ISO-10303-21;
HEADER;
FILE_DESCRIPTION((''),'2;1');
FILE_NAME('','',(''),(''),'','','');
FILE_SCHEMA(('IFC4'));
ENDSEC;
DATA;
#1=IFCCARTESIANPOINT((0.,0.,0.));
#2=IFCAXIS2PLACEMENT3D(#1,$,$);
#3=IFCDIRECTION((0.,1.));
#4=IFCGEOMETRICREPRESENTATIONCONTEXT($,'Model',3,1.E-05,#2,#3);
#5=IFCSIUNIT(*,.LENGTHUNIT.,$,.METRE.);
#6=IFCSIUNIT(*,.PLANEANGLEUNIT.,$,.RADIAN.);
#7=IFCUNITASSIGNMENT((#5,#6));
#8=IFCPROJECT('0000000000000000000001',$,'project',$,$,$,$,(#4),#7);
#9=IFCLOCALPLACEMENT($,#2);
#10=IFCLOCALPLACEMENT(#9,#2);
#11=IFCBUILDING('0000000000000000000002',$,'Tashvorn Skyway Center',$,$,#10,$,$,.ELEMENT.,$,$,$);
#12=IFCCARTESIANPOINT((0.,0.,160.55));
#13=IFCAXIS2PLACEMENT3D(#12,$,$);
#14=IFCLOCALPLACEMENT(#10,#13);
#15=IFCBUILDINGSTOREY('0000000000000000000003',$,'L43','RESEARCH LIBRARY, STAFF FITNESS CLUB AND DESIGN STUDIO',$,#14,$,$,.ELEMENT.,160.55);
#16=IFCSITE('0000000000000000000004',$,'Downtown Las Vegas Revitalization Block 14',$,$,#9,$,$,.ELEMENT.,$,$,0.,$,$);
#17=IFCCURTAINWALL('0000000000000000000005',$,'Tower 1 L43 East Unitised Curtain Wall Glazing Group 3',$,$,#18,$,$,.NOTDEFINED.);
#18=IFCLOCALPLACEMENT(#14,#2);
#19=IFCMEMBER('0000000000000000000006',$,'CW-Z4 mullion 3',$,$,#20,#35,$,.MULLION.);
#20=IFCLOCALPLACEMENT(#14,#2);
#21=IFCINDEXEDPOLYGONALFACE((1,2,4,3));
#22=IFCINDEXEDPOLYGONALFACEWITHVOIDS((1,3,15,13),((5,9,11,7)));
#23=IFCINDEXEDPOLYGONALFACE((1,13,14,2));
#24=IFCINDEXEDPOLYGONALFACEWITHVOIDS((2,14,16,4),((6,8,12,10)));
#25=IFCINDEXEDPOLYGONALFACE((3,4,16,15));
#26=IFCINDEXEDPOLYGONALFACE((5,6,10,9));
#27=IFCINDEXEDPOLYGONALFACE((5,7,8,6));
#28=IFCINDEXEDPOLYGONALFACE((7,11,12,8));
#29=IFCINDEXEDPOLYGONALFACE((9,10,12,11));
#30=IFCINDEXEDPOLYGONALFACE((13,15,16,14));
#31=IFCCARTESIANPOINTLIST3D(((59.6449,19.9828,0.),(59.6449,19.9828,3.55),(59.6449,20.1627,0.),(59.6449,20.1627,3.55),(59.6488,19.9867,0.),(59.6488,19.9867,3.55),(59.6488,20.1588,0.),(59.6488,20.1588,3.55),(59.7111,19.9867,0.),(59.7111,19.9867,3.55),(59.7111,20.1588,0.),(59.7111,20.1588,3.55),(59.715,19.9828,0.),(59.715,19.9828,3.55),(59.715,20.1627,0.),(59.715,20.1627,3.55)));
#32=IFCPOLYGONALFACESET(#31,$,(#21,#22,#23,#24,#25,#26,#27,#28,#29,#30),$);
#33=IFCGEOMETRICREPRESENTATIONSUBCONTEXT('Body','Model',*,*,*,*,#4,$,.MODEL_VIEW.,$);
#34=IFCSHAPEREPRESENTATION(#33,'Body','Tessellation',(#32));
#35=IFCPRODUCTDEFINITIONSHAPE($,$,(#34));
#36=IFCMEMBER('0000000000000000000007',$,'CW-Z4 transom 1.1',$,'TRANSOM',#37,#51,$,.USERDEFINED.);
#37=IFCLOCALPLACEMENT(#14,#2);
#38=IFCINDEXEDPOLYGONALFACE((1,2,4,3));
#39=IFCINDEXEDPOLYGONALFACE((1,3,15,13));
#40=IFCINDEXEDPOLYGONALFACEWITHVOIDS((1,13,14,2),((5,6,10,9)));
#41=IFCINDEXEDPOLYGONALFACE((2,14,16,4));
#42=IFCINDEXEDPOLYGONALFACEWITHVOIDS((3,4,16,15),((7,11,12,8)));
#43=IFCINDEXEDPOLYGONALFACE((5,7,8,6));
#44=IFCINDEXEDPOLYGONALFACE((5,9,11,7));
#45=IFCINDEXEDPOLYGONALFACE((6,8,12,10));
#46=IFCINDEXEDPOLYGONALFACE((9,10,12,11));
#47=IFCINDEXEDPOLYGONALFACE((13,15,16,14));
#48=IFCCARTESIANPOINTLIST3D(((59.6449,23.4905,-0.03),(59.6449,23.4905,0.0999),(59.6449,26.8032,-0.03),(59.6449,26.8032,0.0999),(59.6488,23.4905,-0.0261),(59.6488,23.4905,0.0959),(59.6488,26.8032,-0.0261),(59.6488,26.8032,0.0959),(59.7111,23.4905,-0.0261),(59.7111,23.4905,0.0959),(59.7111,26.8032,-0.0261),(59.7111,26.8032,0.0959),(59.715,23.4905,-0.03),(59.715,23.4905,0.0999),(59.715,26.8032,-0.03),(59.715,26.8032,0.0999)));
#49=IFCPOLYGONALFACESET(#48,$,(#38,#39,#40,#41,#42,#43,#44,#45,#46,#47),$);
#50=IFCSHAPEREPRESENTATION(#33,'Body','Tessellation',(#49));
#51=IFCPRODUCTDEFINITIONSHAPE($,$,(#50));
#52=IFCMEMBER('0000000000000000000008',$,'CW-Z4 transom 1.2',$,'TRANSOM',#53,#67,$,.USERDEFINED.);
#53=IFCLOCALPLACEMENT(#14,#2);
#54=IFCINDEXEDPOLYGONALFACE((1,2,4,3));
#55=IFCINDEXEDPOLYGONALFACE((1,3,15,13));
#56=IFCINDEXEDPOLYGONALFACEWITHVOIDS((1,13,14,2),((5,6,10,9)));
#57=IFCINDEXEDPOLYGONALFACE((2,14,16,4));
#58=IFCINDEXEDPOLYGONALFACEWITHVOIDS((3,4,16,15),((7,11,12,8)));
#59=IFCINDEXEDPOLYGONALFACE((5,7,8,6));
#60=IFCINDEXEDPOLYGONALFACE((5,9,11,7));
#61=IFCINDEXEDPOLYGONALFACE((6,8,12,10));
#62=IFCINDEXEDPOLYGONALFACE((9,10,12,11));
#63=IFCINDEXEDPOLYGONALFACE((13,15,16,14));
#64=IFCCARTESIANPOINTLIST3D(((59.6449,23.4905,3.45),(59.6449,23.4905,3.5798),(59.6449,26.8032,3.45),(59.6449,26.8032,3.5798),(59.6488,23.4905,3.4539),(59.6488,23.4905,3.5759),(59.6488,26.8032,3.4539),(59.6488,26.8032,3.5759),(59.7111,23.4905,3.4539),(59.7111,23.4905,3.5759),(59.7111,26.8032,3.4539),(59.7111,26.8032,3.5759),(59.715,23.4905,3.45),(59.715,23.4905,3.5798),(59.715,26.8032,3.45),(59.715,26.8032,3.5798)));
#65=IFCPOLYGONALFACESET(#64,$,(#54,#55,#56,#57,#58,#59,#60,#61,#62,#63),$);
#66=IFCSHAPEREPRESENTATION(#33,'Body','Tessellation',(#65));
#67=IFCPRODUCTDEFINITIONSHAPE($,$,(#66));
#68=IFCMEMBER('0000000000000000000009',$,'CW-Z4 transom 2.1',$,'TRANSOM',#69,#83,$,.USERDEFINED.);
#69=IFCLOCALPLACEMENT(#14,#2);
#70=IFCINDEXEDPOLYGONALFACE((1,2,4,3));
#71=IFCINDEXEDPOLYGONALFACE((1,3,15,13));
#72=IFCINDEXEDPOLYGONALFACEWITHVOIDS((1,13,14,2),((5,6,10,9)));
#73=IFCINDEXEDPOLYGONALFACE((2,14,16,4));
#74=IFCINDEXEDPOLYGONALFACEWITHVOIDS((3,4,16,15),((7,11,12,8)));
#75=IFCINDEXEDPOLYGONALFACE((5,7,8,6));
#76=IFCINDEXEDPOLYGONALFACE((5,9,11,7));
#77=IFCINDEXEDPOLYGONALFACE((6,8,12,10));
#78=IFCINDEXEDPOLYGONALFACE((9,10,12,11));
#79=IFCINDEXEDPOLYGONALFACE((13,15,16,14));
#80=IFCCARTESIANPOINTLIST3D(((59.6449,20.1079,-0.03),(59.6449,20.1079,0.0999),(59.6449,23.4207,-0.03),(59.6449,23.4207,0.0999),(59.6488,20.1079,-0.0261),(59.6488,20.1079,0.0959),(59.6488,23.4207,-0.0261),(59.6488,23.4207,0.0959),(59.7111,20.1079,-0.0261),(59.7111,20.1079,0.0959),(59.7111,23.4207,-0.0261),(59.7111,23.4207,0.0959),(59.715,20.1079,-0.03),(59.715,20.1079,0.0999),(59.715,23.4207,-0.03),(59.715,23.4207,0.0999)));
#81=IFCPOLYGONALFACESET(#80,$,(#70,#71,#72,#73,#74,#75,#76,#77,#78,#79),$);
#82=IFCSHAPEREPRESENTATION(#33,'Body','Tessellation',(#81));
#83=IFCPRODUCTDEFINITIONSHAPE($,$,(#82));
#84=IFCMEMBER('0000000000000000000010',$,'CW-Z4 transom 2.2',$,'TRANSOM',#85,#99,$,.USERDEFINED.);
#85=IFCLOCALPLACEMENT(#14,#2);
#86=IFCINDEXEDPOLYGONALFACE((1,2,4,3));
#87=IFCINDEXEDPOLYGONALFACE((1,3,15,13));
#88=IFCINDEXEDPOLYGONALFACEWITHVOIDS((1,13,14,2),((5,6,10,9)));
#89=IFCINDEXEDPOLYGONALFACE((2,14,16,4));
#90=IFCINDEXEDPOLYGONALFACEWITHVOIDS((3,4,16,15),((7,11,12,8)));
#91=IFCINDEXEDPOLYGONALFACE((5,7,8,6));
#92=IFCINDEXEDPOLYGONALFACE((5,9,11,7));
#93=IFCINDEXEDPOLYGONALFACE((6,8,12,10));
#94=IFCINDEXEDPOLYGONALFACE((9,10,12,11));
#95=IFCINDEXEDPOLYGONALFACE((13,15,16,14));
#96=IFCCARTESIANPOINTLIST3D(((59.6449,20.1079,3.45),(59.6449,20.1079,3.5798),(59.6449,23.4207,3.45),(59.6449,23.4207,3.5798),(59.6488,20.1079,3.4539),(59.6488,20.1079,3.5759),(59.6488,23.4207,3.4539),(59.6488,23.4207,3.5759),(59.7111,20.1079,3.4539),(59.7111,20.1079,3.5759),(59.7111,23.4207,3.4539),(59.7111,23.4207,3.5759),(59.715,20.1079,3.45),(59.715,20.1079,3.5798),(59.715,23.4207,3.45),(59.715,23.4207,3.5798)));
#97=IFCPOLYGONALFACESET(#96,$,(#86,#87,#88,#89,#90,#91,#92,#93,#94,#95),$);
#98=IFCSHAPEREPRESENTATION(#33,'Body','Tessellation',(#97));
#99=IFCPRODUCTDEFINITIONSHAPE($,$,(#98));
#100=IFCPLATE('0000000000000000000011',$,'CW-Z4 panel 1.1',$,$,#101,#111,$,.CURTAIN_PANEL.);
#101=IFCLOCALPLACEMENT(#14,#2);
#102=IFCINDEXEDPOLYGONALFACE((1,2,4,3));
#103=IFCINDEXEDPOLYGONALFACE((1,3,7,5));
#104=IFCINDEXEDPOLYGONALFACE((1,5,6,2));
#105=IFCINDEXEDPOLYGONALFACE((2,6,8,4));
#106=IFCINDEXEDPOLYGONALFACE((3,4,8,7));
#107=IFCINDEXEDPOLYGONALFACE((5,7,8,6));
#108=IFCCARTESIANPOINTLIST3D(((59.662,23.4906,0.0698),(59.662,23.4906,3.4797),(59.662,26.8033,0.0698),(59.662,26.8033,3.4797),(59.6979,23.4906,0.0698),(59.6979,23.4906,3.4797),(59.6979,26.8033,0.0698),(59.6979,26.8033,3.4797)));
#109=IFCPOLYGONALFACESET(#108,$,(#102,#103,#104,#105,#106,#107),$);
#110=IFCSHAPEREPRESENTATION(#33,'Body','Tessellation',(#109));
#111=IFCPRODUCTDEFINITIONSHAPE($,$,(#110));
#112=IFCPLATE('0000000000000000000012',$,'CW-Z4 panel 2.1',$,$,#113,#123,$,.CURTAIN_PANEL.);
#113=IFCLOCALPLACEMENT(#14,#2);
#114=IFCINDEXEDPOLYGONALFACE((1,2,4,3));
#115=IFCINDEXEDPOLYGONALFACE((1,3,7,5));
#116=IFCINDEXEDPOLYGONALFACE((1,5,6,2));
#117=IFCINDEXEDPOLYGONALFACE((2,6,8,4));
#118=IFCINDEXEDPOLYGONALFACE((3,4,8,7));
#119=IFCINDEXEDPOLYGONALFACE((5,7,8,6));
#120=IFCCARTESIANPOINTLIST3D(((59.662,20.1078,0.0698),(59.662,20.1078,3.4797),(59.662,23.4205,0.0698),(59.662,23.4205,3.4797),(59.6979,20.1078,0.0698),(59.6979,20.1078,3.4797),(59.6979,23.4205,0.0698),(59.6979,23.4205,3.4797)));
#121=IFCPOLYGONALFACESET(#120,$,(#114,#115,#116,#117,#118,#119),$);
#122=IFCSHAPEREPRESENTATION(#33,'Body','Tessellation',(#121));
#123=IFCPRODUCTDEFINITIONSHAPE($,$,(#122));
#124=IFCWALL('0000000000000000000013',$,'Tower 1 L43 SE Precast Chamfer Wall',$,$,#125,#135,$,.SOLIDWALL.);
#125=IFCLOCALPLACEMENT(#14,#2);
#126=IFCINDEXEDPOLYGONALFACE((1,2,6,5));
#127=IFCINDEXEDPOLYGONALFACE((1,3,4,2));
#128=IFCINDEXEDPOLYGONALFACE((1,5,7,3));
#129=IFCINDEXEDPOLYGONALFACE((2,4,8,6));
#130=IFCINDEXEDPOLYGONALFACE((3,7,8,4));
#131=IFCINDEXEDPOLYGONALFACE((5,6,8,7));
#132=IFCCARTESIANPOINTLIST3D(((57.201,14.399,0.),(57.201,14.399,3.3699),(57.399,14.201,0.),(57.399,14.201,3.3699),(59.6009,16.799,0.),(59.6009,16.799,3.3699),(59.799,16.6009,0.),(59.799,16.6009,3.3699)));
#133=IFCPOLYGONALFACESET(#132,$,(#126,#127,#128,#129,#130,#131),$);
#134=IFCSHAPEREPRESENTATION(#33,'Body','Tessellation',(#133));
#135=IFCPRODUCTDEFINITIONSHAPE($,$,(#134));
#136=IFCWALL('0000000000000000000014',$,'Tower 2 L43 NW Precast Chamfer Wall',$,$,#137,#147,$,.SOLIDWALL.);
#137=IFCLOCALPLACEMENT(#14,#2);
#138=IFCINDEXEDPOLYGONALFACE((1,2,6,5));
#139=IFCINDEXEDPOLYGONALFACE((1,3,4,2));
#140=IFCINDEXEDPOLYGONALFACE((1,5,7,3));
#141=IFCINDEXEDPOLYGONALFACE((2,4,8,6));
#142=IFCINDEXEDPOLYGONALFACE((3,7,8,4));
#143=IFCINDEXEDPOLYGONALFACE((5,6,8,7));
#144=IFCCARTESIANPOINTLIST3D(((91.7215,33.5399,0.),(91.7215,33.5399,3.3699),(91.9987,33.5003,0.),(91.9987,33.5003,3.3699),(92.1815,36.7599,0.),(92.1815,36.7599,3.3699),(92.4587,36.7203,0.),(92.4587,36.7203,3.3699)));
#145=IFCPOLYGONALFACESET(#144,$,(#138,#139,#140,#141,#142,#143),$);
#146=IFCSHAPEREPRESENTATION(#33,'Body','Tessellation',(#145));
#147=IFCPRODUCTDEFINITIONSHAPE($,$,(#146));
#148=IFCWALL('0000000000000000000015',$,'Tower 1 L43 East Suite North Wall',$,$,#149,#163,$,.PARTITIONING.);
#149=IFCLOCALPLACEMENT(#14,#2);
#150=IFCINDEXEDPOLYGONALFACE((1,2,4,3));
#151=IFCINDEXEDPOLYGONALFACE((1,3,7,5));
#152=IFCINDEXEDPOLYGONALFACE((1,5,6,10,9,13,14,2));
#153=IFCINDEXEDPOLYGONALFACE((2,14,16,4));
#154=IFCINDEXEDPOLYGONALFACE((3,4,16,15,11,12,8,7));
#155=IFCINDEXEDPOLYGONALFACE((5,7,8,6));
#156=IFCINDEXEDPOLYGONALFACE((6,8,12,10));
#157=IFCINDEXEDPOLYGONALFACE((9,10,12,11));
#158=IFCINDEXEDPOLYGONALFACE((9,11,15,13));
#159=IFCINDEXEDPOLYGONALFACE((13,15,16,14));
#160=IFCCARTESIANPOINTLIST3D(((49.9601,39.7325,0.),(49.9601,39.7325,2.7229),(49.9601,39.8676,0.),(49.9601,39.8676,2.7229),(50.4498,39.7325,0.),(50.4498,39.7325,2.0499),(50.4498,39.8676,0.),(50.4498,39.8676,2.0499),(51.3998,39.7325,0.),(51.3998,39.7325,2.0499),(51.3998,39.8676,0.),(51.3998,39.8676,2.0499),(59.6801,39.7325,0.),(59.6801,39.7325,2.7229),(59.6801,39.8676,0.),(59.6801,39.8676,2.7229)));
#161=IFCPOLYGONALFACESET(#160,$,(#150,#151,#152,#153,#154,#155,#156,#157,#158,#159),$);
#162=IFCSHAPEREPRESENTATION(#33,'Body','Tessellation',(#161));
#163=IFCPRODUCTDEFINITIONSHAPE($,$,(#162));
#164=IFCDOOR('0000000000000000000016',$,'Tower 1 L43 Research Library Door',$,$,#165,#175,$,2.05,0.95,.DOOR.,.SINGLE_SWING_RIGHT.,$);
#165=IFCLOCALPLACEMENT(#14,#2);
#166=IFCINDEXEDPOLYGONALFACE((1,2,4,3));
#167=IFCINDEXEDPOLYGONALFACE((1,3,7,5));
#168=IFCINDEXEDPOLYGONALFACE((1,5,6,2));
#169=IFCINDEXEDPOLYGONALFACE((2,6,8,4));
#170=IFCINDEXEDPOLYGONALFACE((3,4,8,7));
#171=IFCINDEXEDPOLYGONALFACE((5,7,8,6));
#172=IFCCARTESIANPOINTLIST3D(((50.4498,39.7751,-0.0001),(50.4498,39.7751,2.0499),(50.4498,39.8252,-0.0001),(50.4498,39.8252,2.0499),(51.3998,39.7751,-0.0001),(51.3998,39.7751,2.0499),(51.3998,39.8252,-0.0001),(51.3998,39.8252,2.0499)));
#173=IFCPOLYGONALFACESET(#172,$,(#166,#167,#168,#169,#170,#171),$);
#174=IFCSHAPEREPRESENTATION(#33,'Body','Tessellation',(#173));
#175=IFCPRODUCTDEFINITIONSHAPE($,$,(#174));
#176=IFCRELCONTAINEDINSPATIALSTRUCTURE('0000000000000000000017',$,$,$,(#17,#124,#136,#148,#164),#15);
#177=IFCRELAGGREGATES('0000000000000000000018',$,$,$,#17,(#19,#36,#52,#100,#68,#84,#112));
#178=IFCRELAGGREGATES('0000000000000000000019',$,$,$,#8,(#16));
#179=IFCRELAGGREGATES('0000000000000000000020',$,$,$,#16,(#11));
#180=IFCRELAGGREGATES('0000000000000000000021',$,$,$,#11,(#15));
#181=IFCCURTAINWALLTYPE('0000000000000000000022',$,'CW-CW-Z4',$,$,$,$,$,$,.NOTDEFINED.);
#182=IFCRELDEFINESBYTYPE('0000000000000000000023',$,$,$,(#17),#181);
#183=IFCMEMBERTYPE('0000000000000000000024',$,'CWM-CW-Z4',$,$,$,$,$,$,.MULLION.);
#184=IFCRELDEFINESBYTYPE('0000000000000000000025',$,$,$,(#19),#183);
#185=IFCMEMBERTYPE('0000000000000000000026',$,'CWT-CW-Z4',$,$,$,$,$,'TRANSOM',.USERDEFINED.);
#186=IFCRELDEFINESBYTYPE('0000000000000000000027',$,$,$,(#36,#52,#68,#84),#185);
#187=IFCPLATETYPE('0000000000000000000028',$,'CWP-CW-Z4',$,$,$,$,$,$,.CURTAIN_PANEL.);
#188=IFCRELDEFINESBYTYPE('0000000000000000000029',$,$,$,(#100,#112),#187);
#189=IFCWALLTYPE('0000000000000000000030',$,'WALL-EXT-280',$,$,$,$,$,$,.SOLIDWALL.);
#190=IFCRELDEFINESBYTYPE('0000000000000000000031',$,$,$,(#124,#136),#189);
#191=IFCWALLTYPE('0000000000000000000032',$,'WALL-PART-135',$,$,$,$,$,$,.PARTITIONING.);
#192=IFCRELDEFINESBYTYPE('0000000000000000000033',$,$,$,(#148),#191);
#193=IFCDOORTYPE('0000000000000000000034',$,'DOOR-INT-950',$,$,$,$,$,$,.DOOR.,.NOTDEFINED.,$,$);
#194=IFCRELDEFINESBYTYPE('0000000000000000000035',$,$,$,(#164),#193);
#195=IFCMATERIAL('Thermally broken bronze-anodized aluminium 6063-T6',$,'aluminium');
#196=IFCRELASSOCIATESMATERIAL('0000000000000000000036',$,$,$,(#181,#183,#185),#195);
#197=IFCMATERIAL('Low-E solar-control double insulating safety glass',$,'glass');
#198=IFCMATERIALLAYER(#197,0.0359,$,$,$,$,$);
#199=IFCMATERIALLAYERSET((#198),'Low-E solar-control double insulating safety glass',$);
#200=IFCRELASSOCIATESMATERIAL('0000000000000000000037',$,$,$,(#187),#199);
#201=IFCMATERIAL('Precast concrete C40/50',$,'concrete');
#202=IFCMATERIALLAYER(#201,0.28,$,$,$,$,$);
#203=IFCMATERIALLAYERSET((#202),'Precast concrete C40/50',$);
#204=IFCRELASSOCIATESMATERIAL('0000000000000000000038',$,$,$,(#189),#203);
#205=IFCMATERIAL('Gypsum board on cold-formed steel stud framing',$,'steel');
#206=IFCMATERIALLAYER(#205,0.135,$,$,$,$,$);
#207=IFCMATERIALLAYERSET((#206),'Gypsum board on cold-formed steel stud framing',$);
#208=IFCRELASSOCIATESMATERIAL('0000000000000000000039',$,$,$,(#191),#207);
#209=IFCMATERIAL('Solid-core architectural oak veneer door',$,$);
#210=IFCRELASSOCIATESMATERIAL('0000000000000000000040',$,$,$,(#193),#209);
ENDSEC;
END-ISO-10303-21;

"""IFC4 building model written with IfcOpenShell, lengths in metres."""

from ifc_helpers import new_model, si_unit, direction, frame, frame_2d, origin, origin_2d, place, context, subcontext, project, spatial, rectangle, hollow_rectangle, extrude, material, layer, layer_set, material_profile, profile_set, type_object, element, fill, aggregate, save


model = new_model("IFC4")

# Units and contexts
model_context = context("Model", 3, precision=1e-05, world=origin(), true_north=direction((0.0, 1.0)))
body_context = subcontext(model_context, "Body", "Model", "MODEL_VIEW")
ifc_project = project(units=[si_unit("LENGTHUNIT", "METRE"), si_unit("PLANEANGLEUNIT", "RADIAN")], contexts=[model_context])

# Site, building, storey
site_placement = place(None, origin())
site = spatial("IfcSite", under=ifc_project, at=site_placement, Name="Downtown Las Vegas Revitalization Block 14", CompositionType="ELEMENT", RefElevation=0.0)
building_placement = place(site_placement, origin())
building = spatial("IfcBuilding", under=site, at=building_placement, Name="Tashvorn Skyway Center", CompositionType="ELEMENT")
storey_placement = place(building_placement, frame((0.0, 0.0, 160.55)))
storey = spatial("IfcBuildingStorey", under=building, at=storey_placement, Name="L43", Description="RESEARCH LIBRARY, STAFF FITNESS CLUB AND DESIGN STUDIO", CompositionType="ELEMENT", Elevation=160.55)

# Curtain wall, members, plates
ifc_material_1 = material(Name="Thermally broken bronze-anodized aluminium 6063-T6", Category="aluminium")
curtain_wall_type = type_object("IfcCurtainWallType", Name="CW-CW-Z4", PredefinedType="NOTDEFINED", material=ifc_material_1)
curtain_wall_placement = place(storey_placement, origin())
curtain_wall = element("IfcCurtainWall", 1, at=curtain_wall_placement, inside=storey, type_object=curtain_wall_type, Name="Tower 1 L43 East Unitised Curtain Wall Glazing Group 3", PredefinedType="NOTDEFINED")
ifc_material_profile_1 = material_profile(ifc_material_1, hollow_rectangle(XDim=0.0701, YDim=0.1799, WallThickness=0.0039, at=origin_2d()), Name="ALU-MULL-70x180")
ifc_profile_set_1 = profile_set([ifc_material_profile_1], Name="Thermally broken bronze-anodized aluminium 6063-T6")
member_type_1 = type_object("IfcMemberType", Name="CWM-CW-Z4", PredefinedType="MULLION", material=ifc_profile_set_1)
member_1_placement = place(storey_placement, frame((59.6799, 20.0728, 0.0), z_axis=(0.0, 0.0, 1.0), x_axis=(1.0, 0.0, 0.0)))
member_1 = element("IfcMember", 2, at=member_1_placement, type_object=member_type_1, Name="CW-Z4 mullion 3", PredefinedType="MULLION", context=body_context, shape_type="SweptSolid", body=[
    extrude(hollow_rectangle(XDim=0.0701, YDim=0.1799, WallThickness=0.0039, at=origin_2d()), origin(), (0.0, 0.0, 1.0), 3.55),
])
ifc_material_profile_2 = material_profile(ifc_material_1, hollow_rectangle(XDim=0.0701, YDim=0.1299, WallThickness=0.0039, at=origin_2d()), Name="ALU-TRAN-70x130")
ifc_profile_set_2 = profile_set([ifc_material_profile_2], Name="Thermally broken bronze-anodized aluminium 6063-T6")
member_type_2 = type_object("IfcMemberType", Name="CWT-CW-Z4", ElementType="TRANSOM", PredefinedType="USERDEFINED", material=ifc_profile_set_2)
member_2_placement = place(storey_placement, frame((59.6799, 26.8032, 0.0349), z_axis=(0.0, -1.0, 0.0), x_axis=(1.0, 0.0, 0.0)))
member_2 = element("IfcMember", 3, at=member_2_placement, type_object=member_type_2, Name="CW-Z4 transom 1.1", ObjectType="TRANSOM", PredefinedType="USERDEFINED", context=body_context, shape_type="SweptSolid", body=[
    extrude(hollow_rectangle(XDim=0.0701, YDim=0.1299, WallThickness=0.0039, at=origin_2d()), origin(), (0.0, 0.0, 1.0), 3.3127),
])
member_3_placement = place(storey_placement, frame((59.6799, 26.8032, 3.5149), z_axis=(0.0, -1.0, 0.0), x_axis=(1.0, 0.0, 0.0)))
member_3 = element("IfcMember", 4, at=member_3_placement, type_object=member_type_2, Name="CW-Z4 transom 1.2", ObjectType="TRANSOM", PredefinedType="USERDEFINED", context=body_context, shape_type="SweptSolid", body=[
    extrude(hollow_rectangle(XDim=0.0701, YDim=0.1299, WallThickness=0.0039, at=origin_2d()), origin(), (0.0, 0.0, 1.0), 3.3127),
])
member_4_placement = place(storey_placement, frame((59.6799, 23.4207, 0.0349), z_axis=(0.0, -1.0, 0.0), x_axis=(1.0, 0.0, 0.0)))
member_4 = element("IfcMember", 5, at=member_4_placement, type_object=member_type_2, Name="CW-Z4 transom 2.1", ObjectType="TRANSOM", PredefinedType="USERDEFINED", context=body_context, shape_type="SweptSolid", body=[
    extrude(hollow_rectangle(XDim=0.0701, YDim=0.1299, WallThickness=0.0039, at=origin_2d()), origin(), (0.0, 0.0, 1.0), 3.3127),
])
member_5_placement = place(storey_placement, frame((59.6799, 23.4207, 3.5149), z_axis=(0.0, -1.0, 0.0), x_axis=(1.0, 0.0, 0.0)))
member_5 = element("IfcMember", 6, at=member_5_placement, type_object=member_type_2, Name="CW-Z4 transom 2.2", ObjectType="TRANSOM", PredefinedType="USERDEFINED", context=body_context, shape_type="SweptSolid", body=[
    extrude(hollow_rectangle(XDim=0.0701, YDim=0.1299, WallThickness=0.0039, at=origin_2d()), origin(), (0.0, 0.0, 1.0), 3.3127),
])
ifc_material_2 = material(Name="Low-E solar-control double insulating safety glass", Category="glass")
ifc_layer_1 = layer(ifc_material_2, 0.0359)
ifc_layer_set_1 = layer_set([ifc_layer_1], Name="Low-E solar-control double insulating safety glass")
plate_type = type_object("IfcPlateType", Name="CWP-CW-Z4", PredefinedType="CURTAIN_PANEL", material=ifc_layer_set_1)
plate_1_placement = place(storey_placement, frame((59.6799, 25.147, 0.0698), z_axis=(0.0, 0.0, 1.0), x_axis=(0.0, -1.0, 0.0)))
plate_1 = element("IfcPlate", 7, at=plate_1_placement, type_object=plate_type, Name="CW-Z4 panel 1.1", PredefinedType="CURTAIN_PANEL", context=body_context, shape_type="SweptSolid", body=[
    extrude(rectangle(XDim=3.3127, YDim=0.0359, at=origin_2d()), origin(), (0.0, 0.0, 1.0), 3.4099),
])
plate_2_placement = place(storey_placement, frame((59.6799, 21.7642, 0.0698), z_axis=(0.0, 0.0, 1.0), x_axis=(0.0, -1.0, 0.0)))
plate_2 = element("IfcPlate", 8, at=plate_2_placement, type_object=plate_type, Name="CW-Z4 panel 2.1", PredefinedType="CURTAIN_PANEL", context=body_context, shape_type="SweptSolid", body=[
    extrude(rectangle(XDim=3.3127, YDim=0.0359, at=origin_2d()), origin(), (0.0, 0.0, 1.0), 3.4099),
])
aggregate(curtain_wall, [member_1, member_2, member_3, plate_1, member_4, member_5, plate_2])

# Walls
ifc_material_3 = material(Name="Precast concrete C40/50", Category="concrete")
ifc_layer_2 = layer(ifc_material_3, 0.28)
ifc_layer_set_2 = layer_set([ifc_layer_2], Name="Precast concrete C40/50")
wall_type_1 = type_object("IfcWallType", Name="WALL-EXT-280", PredefinedType="SOLIDWALL", material=ifc_layer_set_2)
wall_1_placement = place(storey_placement, frame((59.7, 16.7, 0.0), z_axis=(0.0, 0.0, 1.0), x_axis=(-0.707107, -0.707107, 0.0)))
element("IfcWall", 9, at=wall_1_placement, inside=storey, type_object=wall_type_1, Name="Tower 1 L43 SE Precast Chamfer Wall", PredefinedType="SOLIDWALL", context=body_context, shape_type="SweptSolid", body=[
    extrude(rectangle(XDim=3.394, YDim=0.28, at=frame_2d((1.697, 0.0))), origin(), (0.0, 0.0, 1.0), 3.3699),
])
wall_2_placement = place(storey_placement, frame((91.8601, 33.52, 0.0), z_axis=(0.0, 0.0, 1.0), x_axis=(0.141411, 0.989951, 0.0)))
element("IfcWall", 10, at=wall_2_placement, inside=storey, type_object=wall_type_1, Name="Tower 2 L43 NW Precast Chamfer Wall", PredefinedType="SOLIDWALL", context=body_context, shape_type="SweptSolid", body=[
    extrude(rectangle(XDim=3.2527, YDim=0.28, at=frame_2d((1.6265, 0.0))), origin(), (0.0, 0.0, 1.0), 3.3699),
])

# Wall, opening, door
ifc_material_4 = material(Name="Gypsum board on cold-formed steel stud framing", Category="steel")
ifc_layer_3 = layer(ifc_material_4, 0.135)
ifc_layer_set_3 = layer_set([ifc_layer_3], Name="Gypsum board on cold-formed steel stud framing")
wall_type_2 = type_object("IfcWallType", Name="WALL-PART-135", PredefinedType="PARTITIONING", material=ifc_layer_set_3)
wall_3_placement = place(storey_placement, frame((59.6799, 39.8, 0.0), z_axis=(0.0, 0.0, 1.0), x_axis=(-1.0, 0.0, 0.0)))
wall_3 = element("IfcWall", 11, at=wall_3_placement, inside=storey, type_object=wall_type_2, Name="Tower 1 L43 East Suite North Wall", PredefinedType="PARTITIONING", context=body_context, shape_type="SweptSolid", body=[
    extrude(rectangle(XDim=9.72, YDim=0.135, at=frame_2d((4.8599, 0.0))), origin(), (0.0, 0.0, 1.0), 2.7229),
])
opening_placement = place(wall_3_placement, frame((8.28, 0.0, 0.0)))
opening = element("IfcOpeningElement", 12, at=opening_placement, cuts=wall_3, PredefinedType="OPENING", context=body_context, shape_type="SweptSolid", body=[
    extrude(rectangle(XDim=0.95, YDim=2.05, at=frame_2d((0.4751, 1.0249))), frame((0.0, 0.0774, 0.0), z_axis=(0.0, -1.0, 0.0), x_axis=(1.0, 0.0, 0.0)), (0.0, 0.0, 1.0), 0.155),
])
ifc_material_5 = material(Name="Solid-core architectural oak veneer door")
door_type = type_object("IfcDoorType", Name="DOOR-INT-950", OperationType="NOTDEFINED", PredefinedType="DOOR", material=ifc_material_5)
door_placement = place(opening_placement, origin())
door = element("IfcDoor", 13, at=door_placement, inside=storey, type_object=door_type, Name="Tower 1 L43 Research Library Door", OperationType="SINGLE_SWING_RIGHT", OverallHeight=2.05, OverallWidth=0.95, PredefinedType="DOOR", context=body_context, shape_type="SweptSolid", body=[
    extrude(rectangle(XDim=0.95, YDim=2.05, at=frame_2d((0.4751, 1.0249))), frame((0.0, 0.0249, 0.0), z_axis=(0.0, -1.0, 0.0), x_axis=(1.0, 0.0, 0.0)), (0.0, 0.0, 1.0), 0.05),
])
fill(opening, door)

save(model, "model.ifc")
